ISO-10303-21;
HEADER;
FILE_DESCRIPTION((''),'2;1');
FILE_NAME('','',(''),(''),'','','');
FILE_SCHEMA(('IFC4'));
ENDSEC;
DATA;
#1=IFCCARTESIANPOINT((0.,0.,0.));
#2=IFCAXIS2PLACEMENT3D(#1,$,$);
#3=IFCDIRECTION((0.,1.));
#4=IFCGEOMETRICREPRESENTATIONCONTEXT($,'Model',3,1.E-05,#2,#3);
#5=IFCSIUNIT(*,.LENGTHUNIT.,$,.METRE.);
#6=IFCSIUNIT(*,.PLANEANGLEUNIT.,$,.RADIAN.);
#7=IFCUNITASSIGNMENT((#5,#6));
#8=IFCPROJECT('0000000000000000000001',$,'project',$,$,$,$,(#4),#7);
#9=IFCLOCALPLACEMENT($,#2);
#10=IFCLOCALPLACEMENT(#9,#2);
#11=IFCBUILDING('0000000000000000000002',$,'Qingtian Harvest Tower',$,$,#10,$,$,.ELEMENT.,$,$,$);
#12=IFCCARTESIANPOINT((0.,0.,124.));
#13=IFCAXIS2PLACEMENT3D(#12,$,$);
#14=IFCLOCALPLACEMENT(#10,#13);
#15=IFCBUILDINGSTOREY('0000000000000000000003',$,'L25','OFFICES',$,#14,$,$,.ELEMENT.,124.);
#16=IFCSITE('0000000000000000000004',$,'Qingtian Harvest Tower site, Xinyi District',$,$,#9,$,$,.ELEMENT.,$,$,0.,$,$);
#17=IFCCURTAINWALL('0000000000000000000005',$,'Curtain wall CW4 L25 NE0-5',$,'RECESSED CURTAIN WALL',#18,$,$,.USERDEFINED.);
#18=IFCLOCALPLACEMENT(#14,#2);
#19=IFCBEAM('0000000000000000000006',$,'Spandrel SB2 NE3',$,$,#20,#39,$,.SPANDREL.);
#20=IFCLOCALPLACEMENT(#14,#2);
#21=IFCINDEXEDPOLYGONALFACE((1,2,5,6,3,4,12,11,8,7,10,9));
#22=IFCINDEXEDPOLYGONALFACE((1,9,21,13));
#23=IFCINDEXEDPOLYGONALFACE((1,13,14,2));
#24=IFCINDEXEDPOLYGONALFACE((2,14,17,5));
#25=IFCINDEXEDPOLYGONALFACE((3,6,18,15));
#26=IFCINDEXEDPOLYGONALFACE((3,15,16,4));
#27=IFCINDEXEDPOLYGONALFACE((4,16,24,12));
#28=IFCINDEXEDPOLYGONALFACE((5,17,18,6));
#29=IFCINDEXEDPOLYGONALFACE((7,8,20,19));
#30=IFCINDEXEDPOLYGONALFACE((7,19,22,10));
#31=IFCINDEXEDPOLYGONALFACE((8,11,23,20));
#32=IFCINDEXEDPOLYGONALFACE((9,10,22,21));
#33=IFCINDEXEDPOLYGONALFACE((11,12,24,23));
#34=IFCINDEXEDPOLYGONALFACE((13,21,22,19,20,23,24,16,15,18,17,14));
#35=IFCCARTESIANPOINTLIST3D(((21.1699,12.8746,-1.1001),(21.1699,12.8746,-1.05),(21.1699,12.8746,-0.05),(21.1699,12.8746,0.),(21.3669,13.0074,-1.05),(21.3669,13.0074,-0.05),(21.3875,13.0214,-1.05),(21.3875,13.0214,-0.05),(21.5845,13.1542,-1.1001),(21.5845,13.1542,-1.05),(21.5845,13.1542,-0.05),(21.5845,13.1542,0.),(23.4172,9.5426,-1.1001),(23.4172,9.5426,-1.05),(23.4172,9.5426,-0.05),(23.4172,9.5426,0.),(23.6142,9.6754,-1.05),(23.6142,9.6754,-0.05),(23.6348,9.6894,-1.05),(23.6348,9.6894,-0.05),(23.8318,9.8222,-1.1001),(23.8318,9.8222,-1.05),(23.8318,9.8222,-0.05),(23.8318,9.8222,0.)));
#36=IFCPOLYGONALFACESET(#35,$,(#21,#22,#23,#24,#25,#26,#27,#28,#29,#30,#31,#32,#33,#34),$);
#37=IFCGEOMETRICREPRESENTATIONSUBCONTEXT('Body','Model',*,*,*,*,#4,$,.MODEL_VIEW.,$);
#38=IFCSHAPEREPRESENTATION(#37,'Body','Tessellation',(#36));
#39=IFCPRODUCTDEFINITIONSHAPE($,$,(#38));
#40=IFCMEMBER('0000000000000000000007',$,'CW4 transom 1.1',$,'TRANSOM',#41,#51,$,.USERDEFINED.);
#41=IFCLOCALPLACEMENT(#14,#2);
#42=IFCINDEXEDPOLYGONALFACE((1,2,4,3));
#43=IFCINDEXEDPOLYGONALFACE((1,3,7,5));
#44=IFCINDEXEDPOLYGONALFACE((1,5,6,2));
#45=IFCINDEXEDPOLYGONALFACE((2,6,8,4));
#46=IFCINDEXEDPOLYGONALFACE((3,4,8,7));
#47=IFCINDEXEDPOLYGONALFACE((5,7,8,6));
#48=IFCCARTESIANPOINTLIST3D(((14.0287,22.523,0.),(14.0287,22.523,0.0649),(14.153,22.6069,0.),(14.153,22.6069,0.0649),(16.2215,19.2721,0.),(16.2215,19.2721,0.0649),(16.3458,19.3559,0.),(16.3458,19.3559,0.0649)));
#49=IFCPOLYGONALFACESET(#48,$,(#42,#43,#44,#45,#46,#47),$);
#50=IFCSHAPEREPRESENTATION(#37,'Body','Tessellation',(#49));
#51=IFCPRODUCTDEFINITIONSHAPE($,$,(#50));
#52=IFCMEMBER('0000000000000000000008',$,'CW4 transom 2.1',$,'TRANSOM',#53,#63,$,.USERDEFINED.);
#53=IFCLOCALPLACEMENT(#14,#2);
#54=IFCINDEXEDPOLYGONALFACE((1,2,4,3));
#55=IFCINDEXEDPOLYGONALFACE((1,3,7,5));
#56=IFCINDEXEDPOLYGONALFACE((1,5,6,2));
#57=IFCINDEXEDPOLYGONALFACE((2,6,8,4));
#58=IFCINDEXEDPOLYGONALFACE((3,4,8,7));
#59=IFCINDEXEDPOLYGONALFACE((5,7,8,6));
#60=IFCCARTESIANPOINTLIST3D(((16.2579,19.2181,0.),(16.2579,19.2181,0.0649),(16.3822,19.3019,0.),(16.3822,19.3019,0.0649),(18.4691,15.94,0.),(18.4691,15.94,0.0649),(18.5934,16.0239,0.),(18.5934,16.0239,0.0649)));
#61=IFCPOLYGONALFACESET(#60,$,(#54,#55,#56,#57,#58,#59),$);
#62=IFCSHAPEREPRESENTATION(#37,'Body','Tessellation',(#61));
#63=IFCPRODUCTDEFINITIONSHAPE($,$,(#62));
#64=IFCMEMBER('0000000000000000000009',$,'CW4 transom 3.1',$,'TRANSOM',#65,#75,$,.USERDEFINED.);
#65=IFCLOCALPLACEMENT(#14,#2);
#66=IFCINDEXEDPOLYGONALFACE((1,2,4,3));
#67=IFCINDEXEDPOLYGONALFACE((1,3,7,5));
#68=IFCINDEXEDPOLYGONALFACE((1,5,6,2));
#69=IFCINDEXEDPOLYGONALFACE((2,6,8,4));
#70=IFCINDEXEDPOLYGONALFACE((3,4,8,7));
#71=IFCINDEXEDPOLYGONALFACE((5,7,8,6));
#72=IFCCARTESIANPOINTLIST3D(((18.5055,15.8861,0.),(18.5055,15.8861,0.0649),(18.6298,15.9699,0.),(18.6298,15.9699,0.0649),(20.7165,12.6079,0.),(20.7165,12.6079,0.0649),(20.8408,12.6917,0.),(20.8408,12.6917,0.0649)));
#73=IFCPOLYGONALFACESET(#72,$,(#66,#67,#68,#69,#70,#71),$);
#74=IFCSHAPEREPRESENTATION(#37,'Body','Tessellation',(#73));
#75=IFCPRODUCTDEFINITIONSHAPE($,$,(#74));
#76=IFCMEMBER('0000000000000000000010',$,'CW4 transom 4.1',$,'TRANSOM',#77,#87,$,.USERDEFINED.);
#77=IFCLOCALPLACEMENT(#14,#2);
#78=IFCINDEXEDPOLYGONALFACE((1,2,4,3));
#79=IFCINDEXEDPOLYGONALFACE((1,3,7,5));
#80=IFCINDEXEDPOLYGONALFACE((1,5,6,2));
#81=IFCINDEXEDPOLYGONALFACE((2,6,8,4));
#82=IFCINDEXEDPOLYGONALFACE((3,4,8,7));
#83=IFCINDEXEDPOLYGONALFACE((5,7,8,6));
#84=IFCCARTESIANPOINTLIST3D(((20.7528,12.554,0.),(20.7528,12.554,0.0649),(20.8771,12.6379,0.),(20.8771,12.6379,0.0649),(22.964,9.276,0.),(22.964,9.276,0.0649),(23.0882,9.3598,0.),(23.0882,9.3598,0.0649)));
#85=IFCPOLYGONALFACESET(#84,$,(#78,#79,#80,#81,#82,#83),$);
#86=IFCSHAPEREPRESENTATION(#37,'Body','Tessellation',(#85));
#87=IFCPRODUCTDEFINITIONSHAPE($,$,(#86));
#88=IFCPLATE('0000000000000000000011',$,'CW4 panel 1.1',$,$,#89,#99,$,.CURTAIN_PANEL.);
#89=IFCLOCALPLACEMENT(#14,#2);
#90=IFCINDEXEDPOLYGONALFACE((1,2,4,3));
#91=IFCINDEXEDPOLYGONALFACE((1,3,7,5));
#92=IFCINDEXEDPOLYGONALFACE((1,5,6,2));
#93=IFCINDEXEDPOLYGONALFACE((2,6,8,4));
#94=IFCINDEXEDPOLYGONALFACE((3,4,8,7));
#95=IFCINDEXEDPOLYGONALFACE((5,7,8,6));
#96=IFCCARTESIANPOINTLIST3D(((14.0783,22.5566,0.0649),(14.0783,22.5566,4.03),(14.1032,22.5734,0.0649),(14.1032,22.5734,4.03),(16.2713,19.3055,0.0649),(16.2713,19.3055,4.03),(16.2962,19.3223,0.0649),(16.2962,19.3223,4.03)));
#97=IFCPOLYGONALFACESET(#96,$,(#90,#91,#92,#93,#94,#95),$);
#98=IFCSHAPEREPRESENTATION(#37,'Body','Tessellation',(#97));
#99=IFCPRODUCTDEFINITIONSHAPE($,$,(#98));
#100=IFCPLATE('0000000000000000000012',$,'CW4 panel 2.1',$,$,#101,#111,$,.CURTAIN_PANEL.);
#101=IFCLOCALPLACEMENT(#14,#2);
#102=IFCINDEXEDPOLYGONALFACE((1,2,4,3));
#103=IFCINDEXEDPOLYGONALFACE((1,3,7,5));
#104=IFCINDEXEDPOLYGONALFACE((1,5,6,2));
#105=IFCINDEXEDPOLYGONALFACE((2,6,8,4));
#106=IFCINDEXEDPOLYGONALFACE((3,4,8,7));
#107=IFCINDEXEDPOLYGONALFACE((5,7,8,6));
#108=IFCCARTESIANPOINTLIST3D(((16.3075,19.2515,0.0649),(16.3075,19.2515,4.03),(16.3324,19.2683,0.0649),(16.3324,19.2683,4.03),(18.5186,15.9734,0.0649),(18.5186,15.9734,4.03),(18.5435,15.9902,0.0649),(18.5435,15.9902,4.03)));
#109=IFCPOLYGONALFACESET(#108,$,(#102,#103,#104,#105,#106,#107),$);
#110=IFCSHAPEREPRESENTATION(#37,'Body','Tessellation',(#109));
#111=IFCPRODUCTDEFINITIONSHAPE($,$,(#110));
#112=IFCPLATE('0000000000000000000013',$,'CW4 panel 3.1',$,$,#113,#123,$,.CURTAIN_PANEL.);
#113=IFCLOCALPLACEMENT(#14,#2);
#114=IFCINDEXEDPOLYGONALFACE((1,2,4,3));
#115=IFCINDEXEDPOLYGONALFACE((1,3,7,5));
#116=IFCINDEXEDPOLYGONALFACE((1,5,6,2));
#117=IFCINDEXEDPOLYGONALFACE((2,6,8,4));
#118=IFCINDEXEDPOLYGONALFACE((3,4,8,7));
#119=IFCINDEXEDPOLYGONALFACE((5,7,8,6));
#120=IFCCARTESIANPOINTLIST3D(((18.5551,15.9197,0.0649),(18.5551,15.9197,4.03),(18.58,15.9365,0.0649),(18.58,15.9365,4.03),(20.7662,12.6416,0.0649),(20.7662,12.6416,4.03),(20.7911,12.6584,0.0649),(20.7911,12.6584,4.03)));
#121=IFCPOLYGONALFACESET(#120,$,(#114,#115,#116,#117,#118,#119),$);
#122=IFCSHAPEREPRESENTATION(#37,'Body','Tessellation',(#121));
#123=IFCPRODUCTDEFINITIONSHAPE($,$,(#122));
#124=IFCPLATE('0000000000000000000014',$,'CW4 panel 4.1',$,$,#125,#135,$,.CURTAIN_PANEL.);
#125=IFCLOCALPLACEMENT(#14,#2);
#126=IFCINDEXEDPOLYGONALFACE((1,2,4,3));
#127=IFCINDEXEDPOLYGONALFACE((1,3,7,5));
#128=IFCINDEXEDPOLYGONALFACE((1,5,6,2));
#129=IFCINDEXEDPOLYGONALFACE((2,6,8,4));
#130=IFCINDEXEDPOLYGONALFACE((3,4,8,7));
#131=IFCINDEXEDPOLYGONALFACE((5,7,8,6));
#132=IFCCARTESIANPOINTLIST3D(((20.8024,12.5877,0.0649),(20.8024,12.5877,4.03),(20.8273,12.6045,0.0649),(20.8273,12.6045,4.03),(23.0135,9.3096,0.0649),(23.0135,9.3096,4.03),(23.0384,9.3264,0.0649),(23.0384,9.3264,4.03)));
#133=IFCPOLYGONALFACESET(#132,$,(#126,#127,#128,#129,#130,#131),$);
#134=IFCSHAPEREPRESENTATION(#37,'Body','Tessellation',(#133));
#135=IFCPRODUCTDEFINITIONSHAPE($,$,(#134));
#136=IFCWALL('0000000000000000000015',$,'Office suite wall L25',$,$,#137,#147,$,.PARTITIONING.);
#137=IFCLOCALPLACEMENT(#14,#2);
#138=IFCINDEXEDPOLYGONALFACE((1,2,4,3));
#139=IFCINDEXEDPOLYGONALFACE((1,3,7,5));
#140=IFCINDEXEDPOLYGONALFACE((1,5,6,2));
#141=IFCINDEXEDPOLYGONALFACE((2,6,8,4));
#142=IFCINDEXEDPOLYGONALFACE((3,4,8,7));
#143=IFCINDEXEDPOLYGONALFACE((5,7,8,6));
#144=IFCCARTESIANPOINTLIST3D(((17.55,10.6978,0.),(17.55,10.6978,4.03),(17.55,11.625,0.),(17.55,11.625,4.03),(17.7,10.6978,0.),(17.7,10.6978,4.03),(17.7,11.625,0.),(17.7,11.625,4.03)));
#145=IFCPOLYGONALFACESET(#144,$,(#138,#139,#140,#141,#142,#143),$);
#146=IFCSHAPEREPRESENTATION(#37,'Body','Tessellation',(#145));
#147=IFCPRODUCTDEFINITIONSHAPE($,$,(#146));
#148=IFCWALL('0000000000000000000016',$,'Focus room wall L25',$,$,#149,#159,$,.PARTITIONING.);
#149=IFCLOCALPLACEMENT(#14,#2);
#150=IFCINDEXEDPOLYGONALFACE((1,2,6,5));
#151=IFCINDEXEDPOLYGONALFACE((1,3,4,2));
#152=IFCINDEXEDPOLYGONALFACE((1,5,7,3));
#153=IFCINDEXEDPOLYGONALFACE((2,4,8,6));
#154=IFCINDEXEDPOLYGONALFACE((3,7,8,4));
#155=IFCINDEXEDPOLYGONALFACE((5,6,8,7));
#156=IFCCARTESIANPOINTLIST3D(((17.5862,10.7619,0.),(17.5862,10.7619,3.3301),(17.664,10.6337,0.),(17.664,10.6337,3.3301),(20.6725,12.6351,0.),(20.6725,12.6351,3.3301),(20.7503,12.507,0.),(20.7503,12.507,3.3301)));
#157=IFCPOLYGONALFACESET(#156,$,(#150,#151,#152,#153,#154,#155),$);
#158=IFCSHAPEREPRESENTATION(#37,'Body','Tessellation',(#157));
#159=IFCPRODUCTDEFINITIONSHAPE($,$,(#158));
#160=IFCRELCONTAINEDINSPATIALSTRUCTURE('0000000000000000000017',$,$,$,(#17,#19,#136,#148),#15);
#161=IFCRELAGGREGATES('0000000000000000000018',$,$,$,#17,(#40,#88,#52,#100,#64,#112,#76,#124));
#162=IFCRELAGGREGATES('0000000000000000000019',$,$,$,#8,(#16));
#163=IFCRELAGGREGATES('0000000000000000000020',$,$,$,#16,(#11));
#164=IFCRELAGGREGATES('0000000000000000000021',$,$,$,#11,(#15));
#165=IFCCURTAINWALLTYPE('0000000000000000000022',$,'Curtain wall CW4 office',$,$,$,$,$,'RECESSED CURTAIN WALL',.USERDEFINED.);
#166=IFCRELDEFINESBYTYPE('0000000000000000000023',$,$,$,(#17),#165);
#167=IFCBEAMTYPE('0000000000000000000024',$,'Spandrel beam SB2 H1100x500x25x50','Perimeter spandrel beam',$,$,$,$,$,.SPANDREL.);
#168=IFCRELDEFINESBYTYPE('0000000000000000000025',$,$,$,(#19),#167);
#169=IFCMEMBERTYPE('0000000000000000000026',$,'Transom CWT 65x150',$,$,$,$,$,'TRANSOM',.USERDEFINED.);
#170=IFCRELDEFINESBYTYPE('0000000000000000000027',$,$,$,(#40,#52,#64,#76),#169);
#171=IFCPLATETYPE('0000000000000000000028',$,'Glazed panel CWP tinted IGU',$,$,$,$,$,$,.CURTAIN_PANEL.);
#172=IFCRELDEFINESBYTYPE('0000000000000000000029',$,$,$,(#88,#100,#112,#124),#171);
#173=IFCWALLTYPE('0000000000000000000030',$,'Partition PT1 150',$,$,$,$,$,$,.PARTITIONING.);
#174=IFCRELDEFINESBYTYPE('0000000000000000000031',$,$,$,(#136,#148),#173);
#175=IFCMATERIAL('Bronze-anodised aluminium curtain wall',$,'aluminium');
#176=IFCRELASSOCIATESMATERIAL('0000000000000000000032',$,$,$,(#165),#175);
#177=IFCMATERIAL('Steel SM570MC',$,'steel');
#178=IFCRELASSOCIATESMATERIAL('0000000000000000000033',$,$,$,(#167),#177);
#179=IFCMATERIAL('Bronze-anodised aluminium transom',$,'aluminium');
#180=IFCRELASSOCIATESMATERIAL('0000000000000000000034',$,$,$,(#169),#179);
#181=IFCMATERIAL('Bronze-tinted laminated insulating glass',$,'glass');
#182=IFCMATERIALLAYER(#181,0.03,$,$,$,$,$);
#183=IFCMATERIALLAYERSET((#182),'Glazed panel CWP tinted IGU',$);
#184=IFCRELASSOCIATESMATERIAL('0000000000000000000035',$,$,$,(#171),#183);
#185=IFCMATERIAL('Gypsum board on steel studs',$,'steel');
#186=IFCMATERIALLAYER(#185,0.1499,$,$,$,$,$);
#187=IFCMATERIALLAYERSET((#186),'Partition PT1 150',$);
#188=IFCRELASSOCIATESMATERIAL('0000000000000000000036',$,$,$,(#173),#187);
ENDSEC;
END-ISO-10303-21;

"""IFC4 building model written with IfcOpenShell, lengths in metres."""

from ifc_helpers import new_model, si_unit, direction, frame, frame_2d, origin, origin_2d, place, context, subcontext, project, spatial, rectangle, i_section, extrude, material, layer, layer_set, material_profile, profile_set, type_object, element, aggregate, save


model = new_model("IFC4")

# Units and contexts
model_context = context("Model", 3, precision=1e-05, world=origin(), true_north=direction((0.0, 1.0)))
body_context = subcontext(model_context, "Body", "Model", "MODEL_VIEW")
ifc_project = project(units=[si_unit("LENGTHUNIT", "METRE"), si_unit("PLANEANGLEUNIT", "RADIAN")], contexts=[model_context])

# Site, building, storey
site_placement = place(None, origin())
site = spatial("IfcSite", under=ifc_project, at=site_placement, Name="Qingtian Harvest Tower site, Xinyi District", CompositionType="ELEMENT", RefElevation=0.0)
building_placement = place(site_placement, origin())
building = spatial("IfcBuilding", under=site, at=building_placement, Name="Qingtian Harvest Tower", CompositionType="ELEMENT")
storey_placement = place(building_placement, frame((0.0, 0.0, 124.0)))
storey = spatial("IfcBuildingStorey", under=building, at=storey_placement, Name="L25", Description="OFFICES", CompositionType="ELEMENT", Elevation=124.0)

# Curtain wall
ifc_material_1 = material(Name="Bronze-anodised aluminium curtain wall", Category="aluminium")
curtain_wall_type = type_object("IfcCurtainWallType", Name="Curtain wall CW4 office", ElementType="RECESSED CURTAIN WALL", PredefinedType="USERDEFINED", material=ifc_material_1)
curtain_wall_placement = place(storey_placement, origin())
curtain_wall = element("IfcCurtainWall", 1, at=curtain_wall_placement, inside=storey, type_object=curtain_wall_type, Name="Curtain wall CW4 L25 NE0-5", ObjectType="RECESSED CURTAIN WALL", PredefinedType="USERDEFINED")

# Beam
ifc_material_2 = material(Name="Steel SM570MC", Category="steel")
ifc_material_profile_1 = material_profile(ifc_material_2, i_section(OverallWidth=0.5, OverallDepth=1.1001, WebThickness=0.0249, FlangeThickness=0.05, at=origin_2d()), Name="H1100x500x25x50")
ifc_profile_set_1 = profile_set([ifc_material_profile_1], Name="Steel SM570MC")
beam_type_1 = type_object("IfcBeamType", Name="Spandrel beam SB2 H1100x500x25x50", Description="Perimeter spandrel beam", PredefinedType="SPANDREL", material=ifc_profile_set_1)
beam_1_placement = place(storey_placement, frame((21.3772, 13.0144, -0.55), z_axis=(0.559164, -0.829057, 0.0), x_axis=(0.829057, 0.559164, 0.0)))
element("IfcBeam", 2, at=beam_1_placement, inside=storey, type_object=beam_type_1, Name="Spandrel SB2 NE3", PredefinedType="SPANDREL", context=body_context, shape_type="SweptSolid", body=[
    extrude(i_section(OverallWidth=0.5, OverallDepth=1.1001, WebThickness=0.0249, FlangeThickness=0.05, at=origin_2d()), origin(), (0.0, 0.0, 1.0), 4.019),
])

# Members
ifc_material_3 = material(Name="Bronze-anodised aluminium transom", Category="aluminium")
ifc_material_profile_2 = material_profile(ifc_material_3, rectangle(XDim=0.1499, YDim=0.0649, at=origin_2d()), Name="AL 65x150")
ifc_profile_set_2 = profile_set([ifc_material_profile_2], Name="Bronze-anodised aluminium transom")
member_type_1 = type_object("IfcMemberType", Name="Transom CWT 65x150", ElementType="TRANSOM", PredefinedType="USERDEFINED", material=ifc_profile_set_2)
member_1_placement = place(storey_placement, frame((14.0908, 22.5649, 0.0325), z_axis=(0.559203, -0.829031, 0.0), x_axis=(0.829031, 0.559203, 0.0)))
member_1 = element("IfcMember", 3, at=member_1_placement, type_object=member_type_1, Name="CW4 transom 1.1", ObjectType="TRANSOM", PredefinedType="USERDEFINED", context=body_context, shape_type="SweptSolid", body=[
    extrude(rectangle(XDim=0.1499, YDim=0.0649, at=origin_2d()), origin(), (0.0, 0.0, 1.0), 3.9214),
])
member_2_placement = place(storey_placement, frame((16.3201, 19.26, 0.0325), z_axis=(0.559209, -0.829027, 0.0), x_axis=(0.829027, 0.559209, 0.0)))
member_2 = element("IfcMember", 4, at=member_2_placement, type_object=member_type_1, Name="CW4 transom 2.1", ObjectType="TRANSOM", PredefinedType="USERDEFINED", context=body_context, shape_type="SweptSolid", body=[
    extrude(rectangle(XDim=0.1499, YDim=0.0649, at=origin_2d()), origin(), (0.0, 0.0, 1.0), 3.9541),
])
member_3_placement = place(storey_placement, frame((18.5676, 15.928, 0.0325), z_axis=(0.559166, -0.829055, 0.0), x_axis=(0.829055, 0.559166, 0.0)))
member_3 = element("IfcMember", 5, at=member_3_placement, type_object=member_type_1, Name="CW4 transom 3.1", ObjectType="TRANSOM", PredefinedType="USERDEFINED", context=body_context, shape_type="SweptSolid", body=[
    extrude(rectangle(XDim=0.1499, YDim=0.0649, at=origin_2d()), origin(), (0.0, 0.0, 1.0), 3.9541),
])
member_4_placement = place(storey_placement, frame((20.8149, 12.5959, 0.0325), z_axis=(0.559209, -0.829027, 0.0), x_axis=(0.829027, 0.559209, 0.0)))
member_4 = element("IfcMember", 6, at=member_4_placement, type_object=member_type_1, Name="CW4 transom 4.1", ObjectType="TRANSOM", PredefinedType="USERDEFINED", context=body_context, shape_type="SweptSolid", body=[
    extrude(rectangle(XDim=0.1499, YDim=0.0649, at=origin_2d()), origin(), (0.0, 0.0, 1.0), 3.9541),
])

# Plates
ifc_material_4 = material(Name="Bronze-tinted laminated insulating glass", Category="glass")
ifc_layer_1 = layer(ifc_material_4, 0.03)
ifc_layer_set_1 = layer_set([ifc_layer_1], Name="Glazed panel CWP tinted IGU")
plate_type = type_object("IfcPlateType", Name="Glazed panel CWP tinted IGU", PredefinedType="CURTAIN_PANEL", material=ifc_layer_set_1)
plate_1_placement = place(storey_placement, frame((15.1873, 20.9395, 0.0649), z_axis=(0.0, 0.0, 1.0), x_axis=(0.559193, -0.829038, 0.0)))
plate_1 = element("IfcPlate", 7, at=plate_1_placement, type_object=plate_type, Name="CW4 panel 1.1", PredefinedType="CURTAIN_PANEL", context=body_context, shape_type="SweptSolid", body=[
    extrude(rectangle(XDim=3.9216, YDim=0.03, at=origin_2d()), origin(), (0.0, 0.0, 1.0), 3.9651),
])
plate_2_placement = place(storey_placement, frame((17.4255, 17.6208, 0.0649), z_axis=(0.0, 0.0, 1.0), x_axis=(0.559193, -0.829038, 0.0)))
plate_2 = element("IfcPlate", 8, at=plate_2_placement, type_object=plate_type, Name="CW4 panel 2.1", PredefinedType="CURTAIN_PANEL", context=body_context, shape_type="SweptSolid", body=[
    extrude(rectangle(XDim=3.9541, YDim=0.03, at=origin_2d()), origin(), (0.0, 0.0, 1.0), 3.9651),
])
plate_3_placement = place(storey_placement, frame((19.6731, 14.2891, 0.0649), z_axis=(0.0, 0.0, 1.0), x_axis=(0.559193, -0.829038, 0.0)))
plate_3 = element("IfcPlate", 9, at=plate_3_placement, type_object=plate_type, Name="CW4 panel 3.1", PredefinedType="CURTAIN_PANEL", context=body_context, shape_type="SweptSolid", body=[
    extrude(rectangle(XDim=3.9541, YDim=0.03, at=origin_2d()), origin(), (0.0, 0.0, 1.0), 3.9651),
])
plate_4_placement = place(storey_placement, frame((21.9204, 10.957, 0.0649), z_axis=(0.0, 0.0, 1.0), x_axis=(0.559193, -0.829038, 0.0)))
plate_4 = element("IfcPlate", 10, at=plate_4_placement, type_object=plate_type, Name="CW4 panel 4.1", PredefinedType="CURTAIN_PANEL", context=body_context, shape_type="SweptSolid", body=[
    extrude(rectangle(XDim=3.9541, YDim=0.03, at=origin_2d()), origin(), (0.0, 0.0, 1.0), 3.9651),
])
aggregate(curtain_wall, [member_1, plate_1, member_2, plate_2, member_3, plate_3, member_4, plate_4])

# Walls
ifc_material_5 = material(Name="Gypsum board on steel studs", Category="steel")
ifc_layer_2 = layer(ifc_material_5, 0.1499)
ifc_layer_set_2 = layer_set([ifc_layer_2], Name="Partition PT1 150")
wall_type = type_object("IfcWallType", Name="Partition PT1 150", PredefinedType="PARTITIONING", material=ifc_layer_set_2)
wall_1_placement = place(storey_placement, frame((17.625, 11.625, 0.0), z_axis=(0.0, 0.0, 1.0), x_axis=(0.0, -1.0, 0.0)))
element("IfcWall", 11, at=wall_1_placement, inside=storey, type_object=wall_type, Name="Office suite wall L25", PredefinedType="PARTITIONING", context=body_context, shape_type="SweptSolid", body=[
    extrude(rectangle(XDim=0.9272, YDim=0.1499, at=frame_2d((0.4636, 0.0))), origin(), (0.0, 0.0, 1.0), 4.03),
])
wall_2_placement = place(storey_placement, frame((20.7114, 12.571, 0.0), z_axis=(0.0, 0.0, 1.0), x_axis=(-0.854863, -0.518855, 0.0)))
element("IfcWall", 12, at=wall_2_placement, inside=storey, type_object=wall_type, Name="Focus room wall L25", PredefinedType="PARTITIONING", context=body_context, shape_type="SweptSolid", body=[
    extrude(rectangle(XDim=3.6104, YDim=0.1499, at=frame_2d((1.8052, 0.0))), origin(), (0.0, 0.0, 1.0), 3.3301),
])

save(model, "model.ifc")
